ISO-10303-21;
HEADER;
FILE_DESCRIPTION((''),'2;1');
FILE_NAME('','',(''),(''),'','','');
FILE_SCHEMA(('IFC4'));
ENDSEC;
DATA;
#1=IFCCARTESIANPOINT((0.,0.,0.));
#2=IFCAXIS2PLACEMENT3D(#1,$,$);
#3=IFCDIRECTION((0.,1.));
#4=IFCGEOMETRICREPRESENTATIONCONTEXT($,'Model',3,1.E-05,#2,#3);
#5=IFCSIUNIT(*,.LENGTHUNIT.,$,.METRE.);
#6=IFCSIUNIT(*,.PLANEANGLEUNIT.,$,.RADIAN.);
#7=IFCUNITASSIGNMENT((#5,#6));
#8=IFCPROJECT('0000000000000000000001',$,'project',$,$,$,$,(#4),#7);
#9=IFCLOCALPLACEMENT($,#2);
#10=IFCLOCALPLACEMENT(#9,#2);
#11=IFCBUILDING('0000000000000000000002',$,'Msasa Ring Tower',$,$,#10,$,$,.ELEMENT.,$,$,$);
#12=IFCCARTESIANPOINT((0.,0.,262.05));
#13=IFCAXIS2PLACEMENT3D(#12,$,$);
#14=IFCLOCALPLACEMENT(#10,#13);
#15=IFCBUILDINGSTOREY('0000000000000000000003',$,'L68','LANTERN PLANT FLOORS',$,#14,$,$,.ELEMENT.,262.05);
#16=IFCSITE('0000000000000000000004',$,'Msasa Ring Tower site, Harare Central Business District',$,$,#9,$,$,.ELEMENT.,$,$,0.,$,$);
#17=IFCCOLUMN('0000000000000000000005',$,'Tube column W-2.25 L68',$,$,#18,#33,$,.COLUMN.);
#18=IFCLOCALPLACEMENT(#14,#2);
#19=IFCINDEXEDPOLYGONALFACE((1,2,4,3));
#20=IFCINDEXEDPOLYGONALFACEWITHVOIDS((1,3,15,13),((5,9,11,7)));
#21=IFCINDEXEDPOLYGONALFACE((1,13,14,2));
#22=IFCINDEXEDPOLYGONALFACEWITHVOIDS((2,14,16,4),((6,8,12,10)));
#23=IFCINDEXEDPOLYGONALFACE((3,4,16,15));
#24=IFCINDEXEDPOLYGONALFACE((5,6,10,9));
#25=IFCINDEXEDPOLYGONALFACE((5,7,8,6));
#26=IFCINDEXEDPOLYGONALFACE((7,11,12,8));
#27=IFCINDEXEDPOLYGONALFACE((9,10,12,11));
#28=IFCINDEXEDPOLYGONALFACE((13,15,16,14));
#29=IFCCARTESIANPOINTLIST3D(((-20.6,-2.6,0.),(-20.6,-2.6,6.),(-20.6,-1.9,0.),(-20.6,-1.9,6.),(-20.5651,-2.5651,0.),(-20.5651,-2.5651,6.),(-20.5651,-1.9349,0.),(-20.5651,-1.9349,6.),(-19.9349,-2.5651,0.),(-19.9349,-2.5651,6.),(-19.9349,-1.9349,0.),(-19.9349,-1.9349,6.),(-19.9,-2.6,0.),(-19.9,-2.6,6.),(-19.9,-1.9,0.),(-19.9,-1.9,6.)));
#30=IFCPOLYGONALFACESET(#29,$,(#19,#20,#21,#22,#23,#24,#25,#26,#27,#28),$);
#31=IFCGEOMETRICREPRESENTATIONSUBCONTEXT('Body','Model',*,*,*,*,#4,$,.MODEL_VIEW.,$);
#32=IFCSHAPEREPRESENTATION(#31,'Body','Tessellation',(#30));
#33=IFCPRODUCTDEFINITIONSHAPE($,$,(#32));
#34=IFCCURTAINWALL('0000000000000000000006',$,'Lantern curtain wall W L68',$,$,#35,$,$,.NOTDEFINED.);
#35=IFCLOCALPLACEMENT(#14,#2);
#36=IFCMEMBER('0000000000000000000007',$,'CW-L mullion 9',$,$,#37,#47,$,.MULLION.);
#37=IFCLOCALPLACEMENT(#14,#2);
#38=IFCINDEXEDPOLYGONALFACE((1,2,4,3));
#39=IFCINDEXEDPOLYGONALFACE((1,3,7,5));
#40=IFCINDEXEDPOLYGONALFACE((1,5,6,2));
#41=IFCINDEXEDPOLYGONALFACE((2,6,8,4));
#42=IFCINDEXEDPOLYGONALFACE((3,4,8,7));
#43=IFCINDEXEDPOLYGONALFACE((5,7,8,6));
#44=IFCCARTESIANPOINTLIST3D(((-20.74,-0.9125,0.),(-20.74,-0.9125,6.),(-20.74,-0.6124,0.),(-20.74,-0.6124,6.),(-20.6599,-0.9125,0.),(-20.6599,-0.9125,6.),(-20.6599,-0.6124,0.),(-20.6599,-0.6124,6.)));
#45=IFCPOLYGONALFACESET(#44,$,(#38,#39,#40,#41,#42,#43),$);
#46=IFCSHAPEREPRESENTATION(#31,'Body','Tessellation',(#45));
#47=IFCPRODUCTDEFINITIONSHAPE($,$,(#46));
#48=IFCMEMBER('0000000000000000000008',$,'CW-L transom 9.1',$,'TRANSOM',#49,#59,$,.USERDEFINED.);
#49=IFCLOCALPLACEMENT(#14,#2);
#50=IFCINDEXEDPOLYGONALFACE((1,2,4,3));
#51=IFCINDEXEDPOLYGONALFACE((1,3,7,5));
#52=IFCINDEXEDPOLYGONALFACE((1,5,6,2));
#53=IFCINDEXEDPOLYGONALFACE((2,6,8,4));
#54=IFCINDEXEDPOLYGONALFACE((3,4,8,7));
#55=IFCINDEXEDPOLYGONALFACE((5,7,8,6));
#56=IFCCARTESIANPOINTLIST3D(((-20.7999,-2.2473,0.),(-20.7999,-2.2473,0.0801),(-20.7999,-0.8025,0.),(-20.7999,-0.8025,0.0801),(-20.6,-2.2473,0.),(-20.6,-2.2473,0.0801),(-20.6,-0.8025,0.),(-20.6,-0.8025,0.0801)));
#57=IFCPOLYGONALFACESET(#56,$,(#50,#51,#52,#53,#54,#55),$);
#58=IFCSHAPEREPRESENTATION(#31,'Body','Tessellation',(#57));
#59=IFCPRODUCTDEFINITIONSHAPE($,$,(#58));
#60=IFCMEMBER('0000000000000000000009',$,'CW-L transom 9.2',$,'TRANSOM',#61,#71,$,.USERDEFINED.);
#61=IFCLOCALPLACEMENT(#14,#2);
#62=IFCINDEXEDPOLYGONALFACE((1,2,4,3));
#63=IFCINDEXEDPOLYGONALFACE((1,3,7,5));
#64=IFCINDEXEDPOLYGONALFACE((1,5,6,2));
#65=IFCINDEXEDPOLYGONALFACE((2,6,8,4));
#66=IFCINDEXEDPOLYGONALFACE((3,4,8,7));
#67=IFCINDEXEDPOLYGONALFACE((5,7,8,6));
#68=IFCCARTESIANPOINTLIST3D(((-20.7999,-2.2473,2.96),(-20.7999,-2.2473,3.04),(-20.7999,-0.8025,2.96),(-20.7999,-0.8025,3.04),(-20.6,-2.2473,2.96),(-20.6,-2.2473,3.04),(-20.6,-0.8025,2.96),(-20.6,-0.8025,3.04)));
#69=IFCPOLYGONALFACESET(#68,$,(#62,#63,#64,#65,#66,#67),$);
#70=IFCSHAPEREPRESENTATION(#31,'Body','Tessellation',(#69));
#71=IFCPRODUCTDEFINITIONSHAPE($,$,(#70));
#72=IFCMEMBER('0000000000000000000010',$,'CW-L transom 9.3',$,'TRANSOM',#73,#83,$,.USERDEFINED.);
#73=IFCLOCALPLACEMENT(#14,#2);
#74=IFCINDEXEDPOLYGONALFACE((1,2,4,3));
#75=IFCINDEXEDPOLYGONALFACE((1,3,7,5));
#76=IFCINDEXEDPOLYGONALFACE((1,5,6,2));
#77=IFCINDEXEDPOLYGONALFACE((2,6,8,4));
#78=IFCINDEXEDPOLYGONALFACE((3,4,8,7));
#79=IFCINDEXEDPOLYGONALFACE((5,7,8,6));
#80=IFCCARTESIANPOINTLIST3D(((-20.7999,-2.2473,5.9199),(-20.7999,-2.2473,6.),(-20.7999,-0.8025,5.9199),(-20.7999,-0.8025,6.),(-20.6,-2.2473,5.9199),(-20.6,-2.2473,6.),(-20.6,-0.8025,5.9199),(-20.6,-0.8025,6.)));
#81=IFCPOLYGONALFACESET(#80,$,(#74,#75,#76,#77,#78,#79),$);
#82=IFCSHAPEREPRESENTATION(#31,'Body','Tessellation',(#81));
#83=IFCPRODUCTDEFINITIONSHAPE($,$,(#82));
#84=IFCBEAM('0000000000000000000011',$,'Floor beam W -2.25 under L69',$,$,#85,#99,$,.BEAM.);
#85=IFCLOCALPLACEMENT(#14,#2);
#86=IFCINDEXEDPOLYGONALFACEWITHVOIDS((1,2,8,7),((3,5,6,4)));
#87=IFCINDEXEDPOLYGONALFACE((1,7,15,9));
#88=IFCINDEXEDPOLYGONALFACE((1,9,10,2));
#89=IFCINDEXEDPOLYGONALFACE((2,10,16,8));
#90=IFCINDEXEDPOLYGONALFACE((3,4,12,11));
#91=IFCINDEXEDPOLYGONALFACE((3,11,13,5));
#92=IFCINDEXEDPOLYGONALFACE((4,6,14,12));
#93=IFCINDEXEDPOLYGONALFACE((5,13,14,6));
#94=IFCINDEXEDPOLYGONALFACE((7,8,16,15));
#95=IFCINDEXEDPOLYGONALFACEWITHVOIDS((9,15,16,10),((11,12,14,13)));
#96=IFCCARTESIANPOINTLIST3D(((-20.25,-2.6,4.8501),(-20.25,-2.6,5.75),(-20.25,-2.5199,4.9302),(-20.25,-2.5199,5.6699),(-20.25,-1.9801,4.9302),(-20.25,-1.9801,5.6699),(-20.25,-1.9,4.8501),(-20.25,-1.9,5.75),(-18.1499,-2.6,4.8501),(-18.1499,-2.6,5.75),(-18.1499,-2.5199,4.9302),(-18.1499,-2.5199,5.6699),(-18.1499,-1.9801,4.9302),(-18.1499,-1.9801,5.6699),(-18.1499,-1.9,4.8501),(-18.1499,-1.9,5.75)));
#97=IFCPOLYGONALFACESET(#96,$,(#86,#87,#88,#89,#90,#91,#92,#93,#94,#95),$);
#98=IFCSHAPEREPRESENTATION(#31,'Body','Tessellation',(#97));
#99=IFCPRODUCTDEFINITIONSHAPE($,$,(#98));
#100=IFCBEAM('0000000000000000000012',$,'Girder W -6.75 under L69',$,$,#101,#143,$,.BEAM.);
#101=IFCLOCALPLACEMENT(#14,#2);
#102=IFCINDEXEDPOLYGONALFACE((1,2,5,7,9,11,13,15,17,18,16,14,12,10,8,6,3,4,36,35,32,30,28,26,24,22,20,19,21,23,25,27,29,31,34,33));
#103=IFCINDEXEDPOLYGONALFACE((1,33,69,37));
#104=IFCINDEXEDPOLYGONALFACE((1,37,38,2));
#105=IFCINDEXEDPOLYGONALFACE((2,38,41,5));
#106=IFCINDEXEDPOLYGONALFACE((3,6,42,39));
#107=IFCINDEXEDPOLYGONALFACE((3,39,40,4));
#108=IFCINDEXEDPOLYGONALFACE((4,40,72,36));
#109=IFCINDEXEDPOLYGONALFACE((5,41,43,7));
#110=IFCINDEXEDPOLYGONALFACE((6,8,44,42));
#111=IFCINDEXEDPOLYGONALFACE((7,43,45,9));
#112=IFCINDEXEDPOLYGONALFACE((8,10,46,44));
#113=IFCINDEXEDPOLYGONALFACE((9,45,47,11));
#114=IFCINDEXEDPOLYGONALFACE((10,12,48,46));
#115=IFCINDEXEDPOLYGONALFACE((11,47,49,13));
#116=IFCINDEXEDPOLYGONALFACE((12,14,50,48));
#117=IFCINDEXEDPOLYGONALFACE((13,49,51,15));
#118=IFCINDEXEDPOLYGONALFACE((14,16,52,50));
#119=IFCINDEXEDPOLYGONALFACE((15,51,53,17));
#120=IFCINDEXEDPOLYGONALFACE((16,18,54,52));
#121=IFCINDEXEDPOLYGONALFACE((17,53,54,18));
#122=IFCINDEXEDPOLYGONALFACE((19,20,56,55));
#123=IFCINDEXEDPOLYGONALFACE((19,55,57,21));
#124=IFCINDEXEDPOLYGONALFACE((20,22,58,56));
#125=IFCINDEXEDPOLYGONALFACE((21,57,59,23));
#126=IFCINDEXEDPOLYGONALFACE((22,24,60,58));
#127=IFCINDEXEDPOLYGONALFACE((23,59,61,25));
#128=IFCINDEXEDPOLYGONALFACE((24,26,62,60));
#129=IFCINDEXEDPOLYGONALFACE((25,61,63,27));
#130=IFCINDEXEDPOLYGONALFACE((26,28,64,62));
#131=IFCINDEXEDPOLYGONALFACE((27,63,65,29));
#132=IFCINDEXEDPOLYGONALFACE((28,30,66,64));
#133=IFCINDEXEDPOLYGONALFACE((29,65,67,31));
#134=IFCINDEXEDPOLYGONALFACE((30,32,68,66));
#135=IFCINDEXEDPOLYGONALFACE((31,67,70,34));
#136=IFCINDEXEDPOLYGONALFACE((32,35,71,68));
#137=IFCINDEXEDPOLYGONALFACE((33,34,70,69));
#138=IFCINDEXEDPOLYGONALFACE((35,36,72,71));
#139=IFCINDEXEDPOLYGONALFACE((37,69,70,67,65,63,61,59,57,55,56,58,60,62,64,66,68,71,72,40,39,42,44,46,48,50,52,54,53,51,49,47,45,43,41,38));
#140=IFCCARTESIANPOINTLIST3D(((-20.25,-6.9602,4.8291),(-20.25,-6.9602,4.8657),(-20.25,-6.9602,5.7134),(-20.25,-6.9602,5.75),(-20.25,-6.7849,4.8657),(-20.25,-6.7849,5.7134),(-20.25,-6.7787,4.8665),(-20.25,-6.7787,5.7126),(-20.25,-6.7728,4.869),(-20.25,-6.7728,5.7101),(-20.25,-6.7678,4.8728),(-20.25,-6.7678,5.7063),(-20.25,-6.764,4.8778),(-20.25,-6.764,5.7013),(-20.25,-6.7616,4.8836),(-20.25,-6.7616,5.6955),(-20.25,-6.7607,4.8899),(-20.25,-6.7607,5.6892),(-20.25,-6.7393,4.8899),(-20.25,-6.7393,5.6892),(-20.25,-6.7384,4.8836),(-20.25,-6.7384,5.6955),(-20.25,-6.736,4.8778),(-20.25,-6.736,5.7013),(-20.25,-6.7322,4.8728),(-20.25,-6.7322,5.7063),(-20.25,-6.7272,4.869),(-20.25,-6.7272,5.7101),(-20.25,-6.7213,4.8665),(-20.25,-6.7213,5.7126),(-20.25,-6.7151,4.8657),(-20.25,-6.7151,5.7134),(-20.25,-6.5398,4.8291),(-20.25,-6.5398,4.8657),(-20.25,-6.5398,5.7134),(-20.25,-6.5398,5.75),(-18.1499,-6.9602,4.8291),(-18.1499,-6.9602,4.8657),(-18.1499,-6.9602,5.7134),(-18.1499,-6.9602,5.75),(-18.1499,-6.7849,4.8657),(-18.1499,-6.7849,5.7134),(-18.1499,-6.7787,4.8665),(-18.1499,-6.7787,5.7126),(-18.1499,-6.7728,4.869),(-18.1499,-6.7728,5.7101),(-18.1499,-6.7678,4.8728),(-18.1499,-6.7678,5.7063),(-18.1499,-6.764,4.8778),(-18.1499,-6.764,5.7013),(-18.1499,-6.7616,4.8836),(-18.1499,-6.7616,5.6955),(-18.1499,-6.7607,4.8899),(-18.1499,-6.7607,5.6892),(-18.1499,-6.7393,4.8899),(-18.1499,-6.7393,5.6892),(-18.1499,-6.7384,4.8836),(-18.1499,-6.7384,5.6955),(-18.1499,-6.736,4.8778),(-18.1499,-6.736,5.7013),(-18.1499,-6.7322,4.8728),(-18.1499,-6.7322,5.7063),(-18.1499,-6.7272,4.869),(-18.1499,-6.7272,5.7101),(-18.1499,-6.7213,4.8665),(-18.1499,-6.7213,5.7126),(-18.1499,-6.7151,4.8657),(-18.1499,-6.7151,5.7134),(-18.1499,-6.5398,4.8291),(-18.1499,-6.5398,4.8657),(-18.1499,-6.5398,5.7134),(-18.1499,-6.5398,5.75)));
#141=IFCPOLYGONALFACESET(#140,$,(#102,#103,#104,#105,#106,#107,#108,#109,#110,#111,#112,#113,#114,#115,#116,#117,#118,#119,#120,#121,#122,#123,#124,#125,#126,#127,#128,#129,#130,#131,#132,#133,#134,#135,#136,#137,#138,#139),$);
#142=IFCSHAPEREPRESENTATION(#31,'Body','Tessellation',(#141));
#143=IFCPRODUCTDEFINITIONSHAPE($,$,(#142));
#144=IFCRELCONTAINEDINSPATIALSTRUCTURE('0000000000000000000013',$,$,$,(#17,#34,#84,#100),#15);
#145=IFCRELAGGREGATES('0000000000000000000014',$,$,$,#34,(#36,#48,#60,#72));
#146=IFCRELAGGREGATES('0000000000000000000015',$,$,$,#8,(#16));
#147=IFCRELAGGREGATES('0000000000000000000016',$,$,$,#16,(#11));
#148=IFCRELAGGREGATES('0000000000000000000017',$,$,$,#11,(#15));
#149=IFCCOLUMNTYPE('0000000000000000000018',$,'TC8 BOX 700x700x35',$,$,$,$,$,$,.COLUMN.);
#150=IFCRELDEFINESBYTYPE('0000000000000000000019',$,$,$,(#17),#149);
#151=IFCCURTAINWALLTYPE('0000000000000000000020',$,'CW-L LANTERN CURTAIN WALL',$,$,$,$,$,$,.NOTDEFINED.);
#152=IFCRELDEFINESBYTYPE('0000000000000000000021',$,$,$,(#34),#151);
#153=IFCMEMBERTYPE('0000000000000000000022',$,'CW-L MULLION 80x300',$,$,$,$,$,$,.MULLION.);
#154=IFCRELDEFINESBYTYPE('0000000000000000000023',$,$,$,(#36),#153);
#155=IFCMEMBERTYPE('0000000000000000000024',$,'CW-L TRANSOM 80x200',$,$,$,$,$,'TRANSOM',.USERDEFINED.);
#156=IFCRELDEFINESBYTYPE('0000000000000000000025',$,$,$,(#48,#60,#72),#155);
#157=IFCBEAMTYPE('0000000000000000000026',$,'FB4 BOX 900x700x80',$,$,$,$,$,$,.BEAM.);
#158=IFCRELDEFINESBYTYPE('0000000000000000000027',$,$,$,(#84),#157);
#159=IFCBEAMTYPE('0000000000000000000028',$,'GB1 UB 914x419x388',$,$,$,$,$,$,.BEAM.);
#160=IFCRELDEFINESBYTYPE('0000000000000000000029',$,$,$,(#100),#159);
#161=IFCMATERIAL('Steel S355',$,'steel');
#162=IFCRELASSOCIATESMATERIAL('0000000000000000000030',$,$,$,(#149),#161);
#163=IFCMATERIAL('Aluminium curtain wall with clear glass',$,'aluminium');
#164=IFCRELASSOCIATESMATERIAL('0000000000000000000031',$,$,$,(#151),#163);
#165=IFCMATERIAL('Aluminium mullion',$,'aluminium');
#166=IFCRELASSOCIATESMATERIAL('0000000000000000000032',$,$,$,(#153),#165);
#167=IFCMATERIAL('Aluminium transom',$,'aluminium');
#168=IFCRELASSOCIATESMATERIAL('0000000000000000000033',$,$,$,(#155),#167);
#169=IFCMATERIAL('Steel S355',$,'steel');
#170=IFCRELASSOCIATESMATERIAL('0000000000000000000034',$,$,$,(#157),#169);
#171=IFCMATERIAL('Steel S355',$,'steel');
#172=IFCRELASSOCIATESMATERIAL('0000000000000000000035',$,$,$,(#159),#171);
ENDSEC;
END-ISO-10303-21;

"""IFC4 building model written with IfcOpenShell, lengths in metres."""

from ifc_helpers import new_model, si_unit, direction, frame, origin, origin_2d, place, context, subcontext, project, spatial, rectangle, hollow_rectangle, i_section, extrude, material, material_profile, profile_set, type_object, element, aggregate, save


model = new_model("IFC4")

# Units and contexts
model_context = context("Model", 3, precision=1e-05, world=origin(), true_north=direction((0.0, 1.0)))
body_context = subcontext(model_context, "Body", "Model", "MODEL_VIEW")
ifc_project = project(units=[si_unit("LENGTHUNIT", "METRE"), si_unit("PLANEANGLEUNIT", "RADIAN")], contexts=[model_context])

# Site, building, storey
site_placement = place(None, origin())
site = spatial("IfcSite", under=ifc_project, at=site_placement, Name="Msasa Ring Tower site, Harare Central Business District", CompositionType="ELEMENT", RefElevation=0.0)
building_placement = place(site_placement, origin())
building = spatial("IfcBuilding", under=site, at=building_placement, Name="Msasa Ring Tower", CompositionType="ELEMENT")
storey_placement = place(building_placement, frame((0.0, 0.0, 262.05)))
storey = spatial("IfcBuildingStorey", under=building, at=storey_placement, Name="L68", Description="LANTERN PLANT FLOORS", CompositionType="ELEMENT", Elevation=262.05)

# Column
ifc_material_1 = material(Name="Steel S355", Category="steel")
ifc_material_profile_1 = material_profile(ifc_material_1, hollow_rectangle(XDim=0.7, YDim=0.7, WallThickness=0.0349, at=origin_2d()), Name="BOX 700x700x35")
ifc_profile_set_1 = profile_set([ifc_material_profile_1], Name="Steel S355")
column_type = type_object("IfcColumnType", Name="TC8 BOX 700x700x35", PredefinedType="COLUMN", material=ifc_profile_set_1)
column_placement = place(storey_placement, frame((-20.25, -2.25, 0.0), z_axis=(0.0, 0.0, 1.0), x_axis=(1.0, 0.0, 0.0)))
element("IfcColumn", 1, at=column_placement, inside=storey, type_object=column_type, Name="Tube column W-2.25 L68", PredefinedType="COLUMN", context=body_context, shape_type="SweptSolid", body=[
    extrude(hollow_rectangle(XDim=0.7, YDim=0.7, WallThickness=0.0349, at=origin_2d()), origin(), (0.0, 0.0, 1.0), 6.0),
])

# Curtain wall, members
ifc_material_2 = material(Name="Aluminium curtain wall with clear glass", Category="aluminium")
curtain_wall_type = type_object("IfcCurtainWallType", Name="CW-L LANTERN CURTAIN WALL", PredefinedType="NOTDEFINED", material=ifc_material_2)
curtain_wall_placement = place(storey_placement, origin())
curtain_wall = element("IfcCurtainWall", 2, at=curtain_wall_placement, inside=storey, type_object=curtain_wall_type, Name="Lantern curtain wall W L68", PredefinedType="NOTDEFINED")
ifc_material_3 = material(Name="Aluminium mullion", Category="aluminium")
ifc_material_profile_2 = material_profile(ifc_material_3, rectangle(XDim=0.0801, YDim=0.3, at=origin_2d()), Name="AL 80x300")
ifc_profile_set_2 = profile_set([ifc_material_profile_2], Name="Aluminium mullion")
member_type_1 = type_object("IfcMemberType", Name="CW-L MULLION 80x300", PredefinedType="MULLION", material=ifc_profile_set_2)
member_1_placement = place(storey_placement, frame((-20.7, -0.7625, 0.0), z_axis=(0.0, 0.0, 1.0), x_axis=(1.0, 0.0, 0.0)))
member_1 = element("IfcMember", 3, at=member_1_placement, type_object=member_type_1, Name="CW-L mullion 9", PredefinedType="MULLION", context=body_context, shape_type="SweptSolid", body=[
    extrude(rectangle(XDim=0.0801, YDim=0.3, at=origin_2d()), origin(), (0.0, 0.0, 1.0), 6.0),
])
ifc_material_4 = material(Name="Aluminium transom", Category="aluminium")
ifc_material_profile_3 = material_profile(ifc_material_4, rectangle(XDim=0.2, YDim=0.0801, at=origin_2d()), Name="AL 80x200")
ifc_profile_set_3 = profile_set([ifc_material_profile_3], Name="Aluminium transom")
member_type_2 = type_object("IfcMemberType", Name="CW-L TRANSOM 80x200", ElementType="TRANSOM", PredefinedType="USERDEFINED", material=ifc_profile_set_3)
member_2_placement = place(storey_placement, frame((-20.7, -0.8025, 0.04), z_axis=(0.0, -1.0, 0.0), x_axis=(1.0, 0.0, 0.0)))
member_2 = element("IfcMember", 4, at=member_2_placement, type_object=member_type_2, Name="CW-L transom 9.1", ObjectType="TRANSOM", PredefinedType="USERDEFINED", context=body_context, shape_type="SweptSolid", body=[
    extrude(rectangle(XDim=0.2, YDim=0.0801, at=origin_2d()), origin(), (0.0, 0.0, 1.0), 1.4448),
])
member_3_placement = place(storey_placement, frame((-20.7, -0.8025, 3.0), z_axis=(0.0, -1.0, 0.0), x_axis=(1.0, 0.0, 0.0)))
member_3 = element("IfcMember", 5, at=member_3_placement, type_object=member_type_2, Name="CW-L transom 9.2", ObjectType="TRANSOM", PredefinedType="USERDEFINED", context=body_context, shape_type="SweptSolid", body=[
    extrude(rectangle(XDim=0.2, YDim=0.0801, at=origin_2d()), origin(), (0.0, 0.0, 1.0), 1.4448),
])
member_4_placement = place(storey_placement, frame((-20.7, -0.8025, 5.96), z_axis=(0.0, -1.0, 0.0), x_axis=(1.0, 0.0, 0.0)))
member_4 = element("IfcMember", 6, at=member_4_placement, type_object=member_type_2, Name="CW-L transom 9.3", ObjectType="TRANSOM", PredefinedType="USERDEFINED", context=body_context, shape_type="SweptSolid", body=[
    extrude(rectangle(XDim=0.2, YDim=0.0801, at=origin_2d()), origin(), (0.0, 0.0, 1.0), 1.4448),
])

# Beams
ifc_material_5 = material(Name="Steel S355", Category="steel")
ifc_material_profile_4 = material_profile(ifc_material_5, hollow_rectangle(XDim=0.7, YDim=0.8999, WallThickness=0.0801, at=origin_2d()), Name="BOX 900x700x80")
ifc_profile_set_4 = profile_set([ifc_material_profile_4], Name="Steel S355")
beam_type_1 = type_object("IfcBeamType", Name="FB4 BOX 900x700x80", PredefinedType="BEAM", material=ifc_profile_set_4)
beam_1_placement = place(storey_placement, frame((-20.25, -2.25, 5.3), z_axis=(1.0, 0.0, 0.0), x_axis=(0.0, 1.0, 0.0)))
element("IfcBeam", 7, at=beam_1_placement, inside=storey, type_object=beam_type_1, Name="Floor beam W -2.25 under L69", PredefinedType="BEAM", context=body_context, shape_type="SweptSolid", body=[
    extrude(hollow_rectangle(XDim=0.7, YDim=0.8999, WallThickness=0.0801, at=origin_2d()), origin(), (0.0, 0.0, 1.0), 2.1001),
])
ifc_material_6 = material(Name="Steel S355", Category="steel")
ifc_material_profile_5 = material_profile(ifc_material_6, i_section(OverallWidth=0.4204, OverallDepth=0.9209, WebThickness=0.0215, FlangeThickness=0.0366, FilletRadius=0.0242, at=origin_2d()), Name="UB 914x419x388")
ifc_profile_set_5 = profile_set([ifc_material_profile_5], Name="Steel S355")
beam_type_2 = type_object("IfcBeamType", Name="GB1 UB 914x419x388", PredefinedType="BEAM", material=ifc_profile_set_5)
beam_2_placement = place(storey_placement, frame((-18.1499, -6.75, 5.2896), z_axis=(-1.0, 0.0, 0.0), x_axis=(0.0, -1.0, 0.0)))
element("IfcBeam", 8, at=beam_2_placement, inside=storey, type_object=beam_type_2, Name="Girder W -6.75 under L69", PredefinedType="BEAM", context=body_context, shape_type="SweptSolid", body=[
    extrude(i_section(OverallWidth=0.4204, OverallDepth=0.9209, WebThickness=0.0215, FlangeThickness=0.0366, FilletRadius=0.0242, at=origin_2d()), origin(), (0.0, 0.0, 1.0), 2.1001),
])

aggregate(curtain_wall, [member_1, member_2, member_3, member_4])

save(model, "model.ifc")
